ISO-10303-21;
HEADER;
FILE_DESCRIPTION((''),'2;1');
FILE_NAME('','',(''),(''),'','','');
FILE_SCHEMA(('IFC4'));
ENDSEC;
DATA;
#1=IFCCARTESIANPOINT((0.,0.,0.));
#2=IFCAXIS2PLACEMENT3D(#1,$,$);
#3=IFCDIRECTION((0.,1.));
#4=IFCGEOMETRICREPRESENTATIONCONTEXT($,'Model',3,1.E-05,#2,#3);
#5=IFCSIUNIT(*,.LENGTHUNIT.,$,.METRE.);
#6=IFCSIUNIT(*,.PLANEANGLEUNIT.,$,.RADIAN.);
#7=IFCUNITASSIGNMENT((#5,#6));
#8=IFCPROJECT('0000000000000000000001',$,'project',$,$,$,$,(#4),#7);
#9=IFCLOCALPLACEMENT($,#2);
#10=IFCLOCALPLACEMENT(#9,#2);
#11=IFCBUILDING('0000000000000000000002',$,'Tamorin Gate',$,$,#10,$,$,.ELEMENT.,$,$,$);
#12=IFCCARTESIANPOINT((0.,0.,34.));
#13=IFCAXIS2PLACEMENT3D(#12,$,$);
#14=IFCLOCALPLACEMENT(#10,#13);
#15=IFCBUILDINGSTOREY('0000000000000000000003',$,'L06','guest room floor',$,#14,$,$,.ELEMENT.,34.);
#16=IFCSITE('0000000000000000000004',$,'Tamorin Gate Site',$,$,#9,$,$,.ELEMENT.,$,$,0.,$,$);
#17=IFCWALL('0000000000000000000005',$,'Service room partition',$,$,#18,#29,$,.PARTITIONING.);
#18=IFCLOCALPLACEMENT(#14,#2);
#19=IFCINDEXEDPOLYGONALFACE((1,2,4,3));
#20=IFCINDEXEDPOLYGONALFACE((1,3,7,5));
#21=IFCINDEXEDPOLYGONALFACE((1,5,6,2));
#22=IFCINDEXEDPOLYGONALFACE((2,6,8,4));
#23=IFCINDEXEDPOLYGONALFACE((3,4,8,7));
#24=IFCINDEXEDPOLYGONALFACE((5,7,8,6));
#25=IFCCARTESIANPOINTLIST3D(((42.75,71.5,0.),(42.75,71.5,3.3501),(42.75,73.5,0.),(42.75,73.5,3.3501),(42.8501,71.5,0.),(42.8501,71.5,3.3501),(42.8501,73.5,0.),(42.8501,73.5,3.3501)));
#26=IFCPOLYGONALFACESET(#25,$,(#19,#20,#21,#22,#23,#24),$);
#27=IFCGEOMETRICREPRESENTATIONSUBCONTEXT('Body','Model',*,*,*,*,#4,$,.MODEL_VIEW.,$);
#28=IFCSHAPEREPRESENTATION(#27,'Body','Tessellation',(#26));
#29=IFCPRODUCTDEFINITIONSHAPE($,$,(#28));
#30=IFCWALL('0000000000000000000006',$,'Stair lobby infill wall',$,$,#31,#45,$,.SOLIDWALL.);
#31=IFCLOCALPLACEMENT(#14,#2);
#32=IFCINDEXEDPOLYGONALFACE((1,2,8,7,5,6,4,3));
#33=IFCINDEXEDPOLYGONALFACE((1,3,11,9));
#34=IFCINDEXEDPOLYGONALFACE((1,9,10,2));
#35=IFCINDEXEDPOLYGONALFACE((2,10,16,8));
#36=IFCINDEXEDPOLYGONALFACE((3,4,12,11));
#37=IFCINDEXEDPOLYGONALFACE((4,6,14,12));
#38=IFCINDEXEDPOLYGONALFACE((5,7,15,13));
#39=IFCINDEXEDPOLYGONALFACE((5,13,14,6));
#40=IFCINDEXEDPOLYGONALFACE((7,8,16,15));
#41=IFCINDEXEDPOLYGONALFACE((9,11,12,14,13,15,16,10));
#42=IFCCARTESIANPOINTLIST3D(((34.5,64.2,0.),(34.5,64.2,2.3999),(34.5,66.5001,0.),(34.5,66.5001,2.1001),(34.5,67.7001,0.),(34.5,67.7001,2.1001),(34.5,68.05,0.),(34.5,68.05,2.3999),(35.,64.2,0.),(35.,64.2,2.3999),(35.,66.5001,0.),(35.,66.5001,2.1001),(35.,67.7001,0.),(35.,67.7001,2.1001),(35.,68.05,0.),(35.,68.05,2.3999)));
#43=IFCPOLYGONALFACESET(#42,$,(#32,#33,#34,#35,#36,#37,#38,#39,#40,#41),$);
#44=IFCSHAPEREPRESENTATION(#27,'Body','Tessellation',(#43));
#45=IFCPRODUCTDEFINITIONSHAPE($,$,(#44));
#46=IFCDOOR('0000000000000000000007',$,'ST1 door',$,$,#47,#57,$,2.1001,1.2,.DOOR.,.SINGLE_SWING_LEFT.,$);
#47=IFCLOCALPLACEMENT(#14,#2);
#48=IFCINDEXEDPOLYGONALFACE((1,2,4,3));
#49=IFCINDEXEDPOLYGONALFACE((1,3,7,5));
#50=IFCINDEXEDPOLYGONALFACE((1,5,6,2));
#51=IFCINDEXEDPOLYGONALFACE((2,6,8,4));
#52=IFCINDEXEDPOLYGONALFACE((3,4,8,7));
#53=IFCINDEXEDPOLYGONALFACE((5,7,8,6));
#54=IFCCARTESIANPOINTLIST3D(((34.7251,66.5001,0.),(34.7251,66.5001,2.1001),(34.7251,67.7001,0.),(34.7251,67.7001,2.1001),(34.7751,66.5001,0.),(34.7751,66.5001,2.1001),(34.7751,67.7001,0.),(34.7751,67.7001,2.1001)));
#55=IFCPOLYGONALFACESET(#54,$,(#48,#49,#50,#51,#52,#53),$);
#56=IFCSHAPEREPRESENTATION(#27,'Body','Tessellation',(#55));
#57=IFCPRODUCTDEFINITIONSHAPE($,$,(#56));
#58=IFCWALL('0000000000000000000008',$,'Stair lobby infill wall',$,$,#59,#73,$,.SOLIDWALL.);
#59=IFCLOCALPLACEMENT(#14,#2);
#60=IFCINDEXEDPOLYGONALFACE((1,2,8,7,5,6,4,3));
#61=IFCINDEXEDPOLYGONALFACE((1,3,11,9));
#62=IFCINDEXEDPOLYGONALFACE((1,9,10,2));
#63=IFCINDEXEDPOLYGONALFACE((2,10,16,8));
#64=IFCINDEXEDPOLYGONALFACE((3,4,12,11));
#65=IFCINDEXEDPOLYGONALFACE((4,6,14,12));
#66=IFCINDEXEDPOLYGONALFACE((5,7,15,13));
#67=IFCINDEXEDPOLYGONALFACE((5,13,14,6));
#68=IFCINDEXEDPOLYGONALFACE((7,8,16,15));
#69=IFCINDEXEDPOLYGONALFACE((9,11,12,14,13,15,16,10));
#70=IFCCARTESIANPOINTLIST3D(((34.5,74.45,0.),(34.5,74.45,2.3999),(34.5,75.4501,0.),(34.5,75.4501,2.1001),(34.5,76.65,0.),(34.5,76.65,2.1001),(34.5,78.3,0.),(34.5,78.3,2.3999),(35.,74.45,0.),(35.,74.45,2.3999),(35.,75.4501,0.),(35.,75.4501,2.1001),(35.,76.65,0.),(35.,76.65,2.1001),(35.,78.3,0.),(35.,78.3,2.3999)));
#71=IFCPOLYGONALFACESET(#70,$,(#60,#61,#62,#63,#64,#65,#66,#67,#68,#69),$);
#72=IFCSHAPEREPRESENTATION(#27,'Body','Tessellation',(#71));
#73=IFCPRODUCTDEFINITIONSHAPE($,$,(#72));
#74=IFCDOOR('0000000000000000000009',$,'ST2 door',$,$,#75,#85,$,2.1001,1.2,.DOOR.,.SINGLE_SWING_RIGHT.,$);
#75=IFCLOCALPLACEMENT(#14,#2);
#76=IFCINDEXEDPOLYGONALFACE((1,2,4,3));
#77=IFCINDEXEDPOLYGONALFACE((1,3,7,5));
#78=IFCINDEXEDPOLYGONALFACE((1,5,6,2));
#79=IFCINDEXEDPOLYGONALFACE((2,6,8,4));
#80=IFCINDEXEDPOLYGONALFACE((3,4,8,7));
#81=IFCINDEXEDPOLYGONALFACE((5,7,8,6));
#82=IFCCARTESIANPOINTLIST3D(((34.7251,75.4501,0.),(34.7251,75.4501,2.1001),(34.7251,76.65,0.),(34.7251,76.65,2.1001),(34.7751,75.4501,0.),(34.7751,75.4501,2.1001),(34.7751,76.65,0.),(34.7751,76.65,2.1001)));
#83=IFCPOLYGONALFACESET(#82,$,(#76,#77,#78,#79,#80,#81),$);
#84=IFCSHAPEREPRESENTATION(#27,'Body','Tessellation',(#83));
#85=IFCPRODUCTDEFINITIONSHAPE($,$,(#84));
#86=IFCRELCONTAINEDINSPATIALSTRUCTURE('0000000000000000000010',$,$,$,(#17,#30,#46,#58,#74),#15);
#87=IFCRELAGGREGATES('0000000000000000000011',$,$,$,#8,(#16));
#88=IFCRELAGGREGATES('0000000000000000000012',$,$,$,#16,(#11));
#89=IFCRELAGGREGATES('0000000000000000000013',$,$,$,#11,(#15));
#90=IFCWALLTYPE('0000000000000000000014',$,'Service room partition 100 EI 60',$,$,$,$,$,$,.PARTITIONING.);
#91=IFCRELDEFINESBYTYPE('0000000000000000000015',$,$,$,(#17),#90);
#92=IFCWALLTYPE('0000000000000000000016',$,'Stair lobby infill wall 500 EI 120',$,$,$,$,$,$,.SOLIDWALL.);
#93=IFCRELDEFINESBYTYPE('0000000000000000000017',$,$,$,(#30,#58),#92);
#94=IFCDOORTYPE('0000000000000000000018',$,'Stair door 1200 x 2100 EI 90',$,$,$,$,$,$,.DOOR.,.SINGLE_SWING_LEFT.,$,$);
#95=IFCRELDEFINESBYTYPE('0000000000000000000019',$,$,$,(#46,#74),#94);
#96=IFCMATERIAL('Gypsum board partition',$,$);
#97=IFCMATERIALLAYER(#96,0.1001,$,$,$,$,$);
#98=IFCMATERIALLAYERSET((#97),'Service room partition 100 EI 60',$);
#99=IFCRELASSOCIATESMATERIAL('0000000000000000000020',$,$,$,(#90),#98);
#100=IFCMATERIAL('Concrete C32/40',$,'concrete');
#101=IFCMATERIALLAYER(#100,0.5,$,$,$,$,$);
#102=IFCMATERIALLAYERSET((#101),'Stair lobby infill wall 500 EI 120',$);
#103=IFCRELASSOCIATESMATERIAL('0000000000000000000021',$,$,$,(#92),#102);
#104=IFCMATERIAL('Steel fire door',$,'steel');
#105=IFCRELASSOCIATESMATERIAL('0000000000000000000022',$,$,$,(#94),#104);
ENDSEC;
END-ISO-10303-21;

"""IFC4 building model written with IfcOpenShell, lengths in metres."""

from ifc_helpers import new_model, si_unit, direction, frame, frame_2d, origin, place, context, subcontext, project, spatial, rectangle, extrude, material, layer, layer_set, type_object, element, fill, save


model = new_model("IFC4")

# Units and contexts
model_context = context("Model", 3, precision=1e-05, world=origin(), true_north=direction((0.0, 1.0)))
body_context = subcontext(model_context, "Body", "Model", "MODEL_VIEW")
ifc_project = project(units=[si_unit("LENGTHUNIT", "METRE"), si_unit("PLANEANGLEUNIT", "RADIAN")], contexts=[model_context])

# Site, building, storey
site_placement = place(None, origin())
site = spatial("IfcSite", under=ifc_project, at=site_placement, Name="Tamorin Gate Site", CompositionType="ELEMENT", RefElevation=0.0)
building_placement = place(site_placement, origin())
building = spatial("IfcBuilding", under=site, at=building_placement, Name="Tamorin Gate", CompositionType="ELEMENT")
storey_placement = place(building_placement, frame((0.0, 0.0, 34.0)))
storey = spatial("IfcBuildingStorey", under=building, at=storey_placement, Name="L06", Description="guest room floor", CompositionType="ELEMENT", Elevation=34.0)

# Shared definitions
ifc_material_1 = material(Name="Concrete C32/40", Category="concrete")

# Shared definitions
ifc_material_2 = material(Name="Gypsum board partition")

# Wall
ifc_layer_1 = layer(ifc_material_2, 0.1001)
ifc_layer_set_1 = layer_set([ifc_layer_1], Name="Service room partition 100 EI 60")
wall_type_1 = type_object("IfcWallType", Name="Service room partition 100 EI 60", PredefinedType="PARTITIONING", material=ifc_layer_set_1)
wall_1_placement = place(storey_placement, frame((42.8, 71.5, 0.0), z_axis=(0.0, 0.0, 1.0), x_axis=(0.0, 1.0, 0.0)))
element("IfcWall", 1, at=wall_1_placement, inside=storey, type_object=wall_type_1, Name="Service room partition", PredefinedType="PARTITIONING", context=body_context, shape_type="SweptSolid", body=[
    extrude(rectangle(XDim=2.0, YDim=0.1001, at=frame_2d((1.0, 0.0))), origin(), (0.0, 0.0, 1.0), 3.3501),
])

# Walls, openings, doors
ifc_layer_2 = layer(ifc_material_1, 0.5)
ifc_layer_set_2 = layer_set([ifc_layer_2], Name="Stair lobby infill wall 500 EI 120")
wall_type_2 = type_object("IfcWallType", Name="Stair lobby infill wall 500 EI 120", PredefinedType="SOLIDWALL", material=ifc_layer_set_2)
wall_2_placement = place(storey_placement, frame((34.75, 64.2, 0.0), z_axis=(0.0, 0.0, 1.0), x_axis=(0.0, 1.0, 0.0)))
wall_2 = element("IfcWall", 2, at=wall_2_placement, inside=storey, type_object=wall_type_2, Name="Stair lobby infill wall", PredefinedType="SOLIDWALL", context=body_context, shape_type="SweptSolid", body=[
    extrude(rectangle(XDim=3.8501, YDim=0.5, at=frame_2d((1.925, 0.0))), origin(), (0.0, 0.0, 1.0), 2.3999),
])
opening_1_placement = place(wall_2_placement, frame((2.3, 0.0, 0.0)))
opening_1 = element("IfcOpeningElement", 3, at=opening_1_placement, cuts=wall_2, PredefinedType="OPENING", context=body_context, shape_type="SweptSolid", body=[
    extrude(rectangle(XDim=1.2, YDim=2.1001, at=frame_2d((0.6001, 1.05))), frame((0.0, 0.26, 0.0), z_axis=(0.0, -1.0, 0.0), x_axis=(1.0, 0.0, 0.0)), (0.0, 0.0, 1.0), 0.52),
])
ifc_material_3 = material(Name="Steel fire door", Category="steel")
door_type_1 = type_object("IfcDoorType", Name="Stair door 1200 x 2100 EI 90", OperationType="SINGLE_SWING_LEFT", PredefinedType="DOOR", material=ifc_material_3)
door_1_placement = place(opening_1_placement, origin())
door_1 = element("IfcDoor", 4, at=door_1_placement, inside=storey, type_object=door_type_1, Name="ST1 door", OperationType="SINGLE_SWING_LEFT", OverallHeight=2.1001, OverallWidth=1.2, PredefinedType="DOOR", context=body_context, shape_type="SweptSolid", body=[
    extrude(rectangle(XDim=1.2, YDim=2.1001, at=frame_2d((0.6001, 1.05))), frame((0.0, 0.0249, 0.0), z_axis=(0.0, -1.0, 0.0), x_axis=(1.0, 0.0, 0.0)), (0.0, 0.0, 1.0), 0.05),
])
fill(opening_1, door_1)
wall_3_placement = place(storey_placement, frame((34.75, 74.45, 0.0), z_axis=(0.0, 0.0, 1.0), x_axis=(0.0, 1.0, 0.0)))
wall_3 = element("IfcWall", 5, at=wall_3_placement, inside=storey, type_object=wall_type_2, Name="Stair lobby infill wall", PredefinedType="SOLIDWALL", context=body_context, shape_type="SweptSolid", body=[
    extrude(rectangle(XDim=3.8501, YDim=0.5, at=frame_2d((1.925, 0.0))), origin(), (0.0, 0.0, 1.0), 2.3999),
])
opening_2_placement = place(wall_3_placement, frame((1.0, 0.0, 0.0)))
opening_2 = element("IfcOpeningElement", 6, at=opening_2_placement, cuts=wall_3, PredefinedType="OPENING", context=body_context, shape_type="SweptSolid", body=[
    extrude(rectangle(XDim=1.2, YDim=2.1001, at=frame_2d((0.6001, 1.05))), frame((0.0, 0.26, 0.0), z_axis=(0.0, -1.0, 0.0), x_axis=(1.0, 0.0, 0.0)), (0.0, 0.0, 1.0), 0.52),
])
door_2_placement = place(opening_2_placement, origin())
door_2 = element("IfcDoor", 7, at=door_2_placement, inside=storey, type_object=door_type_1, Name="ST2 door", OperationType="SINGLE_SWING_RIGHT", OverallHeight=2.1001, OverallWidth=1.2, PredefinedType="DOOR", context=body_context, shape_type="SweptSolid", body=[
    extrude(rectangle(XDim=1.2, YDim=2.1001, at=frame_2d((0.6001, 1.05))), frame((0.0, 0.0249, 0.0), z_axis=(0.0, -1.0, 0.0), x_axis=(1.0, 0.0, 0.0)), (0.0, 0.0, 1.0), 0.05),
])
fill(opening_2, door_2)

save(model, "model.ifc")
